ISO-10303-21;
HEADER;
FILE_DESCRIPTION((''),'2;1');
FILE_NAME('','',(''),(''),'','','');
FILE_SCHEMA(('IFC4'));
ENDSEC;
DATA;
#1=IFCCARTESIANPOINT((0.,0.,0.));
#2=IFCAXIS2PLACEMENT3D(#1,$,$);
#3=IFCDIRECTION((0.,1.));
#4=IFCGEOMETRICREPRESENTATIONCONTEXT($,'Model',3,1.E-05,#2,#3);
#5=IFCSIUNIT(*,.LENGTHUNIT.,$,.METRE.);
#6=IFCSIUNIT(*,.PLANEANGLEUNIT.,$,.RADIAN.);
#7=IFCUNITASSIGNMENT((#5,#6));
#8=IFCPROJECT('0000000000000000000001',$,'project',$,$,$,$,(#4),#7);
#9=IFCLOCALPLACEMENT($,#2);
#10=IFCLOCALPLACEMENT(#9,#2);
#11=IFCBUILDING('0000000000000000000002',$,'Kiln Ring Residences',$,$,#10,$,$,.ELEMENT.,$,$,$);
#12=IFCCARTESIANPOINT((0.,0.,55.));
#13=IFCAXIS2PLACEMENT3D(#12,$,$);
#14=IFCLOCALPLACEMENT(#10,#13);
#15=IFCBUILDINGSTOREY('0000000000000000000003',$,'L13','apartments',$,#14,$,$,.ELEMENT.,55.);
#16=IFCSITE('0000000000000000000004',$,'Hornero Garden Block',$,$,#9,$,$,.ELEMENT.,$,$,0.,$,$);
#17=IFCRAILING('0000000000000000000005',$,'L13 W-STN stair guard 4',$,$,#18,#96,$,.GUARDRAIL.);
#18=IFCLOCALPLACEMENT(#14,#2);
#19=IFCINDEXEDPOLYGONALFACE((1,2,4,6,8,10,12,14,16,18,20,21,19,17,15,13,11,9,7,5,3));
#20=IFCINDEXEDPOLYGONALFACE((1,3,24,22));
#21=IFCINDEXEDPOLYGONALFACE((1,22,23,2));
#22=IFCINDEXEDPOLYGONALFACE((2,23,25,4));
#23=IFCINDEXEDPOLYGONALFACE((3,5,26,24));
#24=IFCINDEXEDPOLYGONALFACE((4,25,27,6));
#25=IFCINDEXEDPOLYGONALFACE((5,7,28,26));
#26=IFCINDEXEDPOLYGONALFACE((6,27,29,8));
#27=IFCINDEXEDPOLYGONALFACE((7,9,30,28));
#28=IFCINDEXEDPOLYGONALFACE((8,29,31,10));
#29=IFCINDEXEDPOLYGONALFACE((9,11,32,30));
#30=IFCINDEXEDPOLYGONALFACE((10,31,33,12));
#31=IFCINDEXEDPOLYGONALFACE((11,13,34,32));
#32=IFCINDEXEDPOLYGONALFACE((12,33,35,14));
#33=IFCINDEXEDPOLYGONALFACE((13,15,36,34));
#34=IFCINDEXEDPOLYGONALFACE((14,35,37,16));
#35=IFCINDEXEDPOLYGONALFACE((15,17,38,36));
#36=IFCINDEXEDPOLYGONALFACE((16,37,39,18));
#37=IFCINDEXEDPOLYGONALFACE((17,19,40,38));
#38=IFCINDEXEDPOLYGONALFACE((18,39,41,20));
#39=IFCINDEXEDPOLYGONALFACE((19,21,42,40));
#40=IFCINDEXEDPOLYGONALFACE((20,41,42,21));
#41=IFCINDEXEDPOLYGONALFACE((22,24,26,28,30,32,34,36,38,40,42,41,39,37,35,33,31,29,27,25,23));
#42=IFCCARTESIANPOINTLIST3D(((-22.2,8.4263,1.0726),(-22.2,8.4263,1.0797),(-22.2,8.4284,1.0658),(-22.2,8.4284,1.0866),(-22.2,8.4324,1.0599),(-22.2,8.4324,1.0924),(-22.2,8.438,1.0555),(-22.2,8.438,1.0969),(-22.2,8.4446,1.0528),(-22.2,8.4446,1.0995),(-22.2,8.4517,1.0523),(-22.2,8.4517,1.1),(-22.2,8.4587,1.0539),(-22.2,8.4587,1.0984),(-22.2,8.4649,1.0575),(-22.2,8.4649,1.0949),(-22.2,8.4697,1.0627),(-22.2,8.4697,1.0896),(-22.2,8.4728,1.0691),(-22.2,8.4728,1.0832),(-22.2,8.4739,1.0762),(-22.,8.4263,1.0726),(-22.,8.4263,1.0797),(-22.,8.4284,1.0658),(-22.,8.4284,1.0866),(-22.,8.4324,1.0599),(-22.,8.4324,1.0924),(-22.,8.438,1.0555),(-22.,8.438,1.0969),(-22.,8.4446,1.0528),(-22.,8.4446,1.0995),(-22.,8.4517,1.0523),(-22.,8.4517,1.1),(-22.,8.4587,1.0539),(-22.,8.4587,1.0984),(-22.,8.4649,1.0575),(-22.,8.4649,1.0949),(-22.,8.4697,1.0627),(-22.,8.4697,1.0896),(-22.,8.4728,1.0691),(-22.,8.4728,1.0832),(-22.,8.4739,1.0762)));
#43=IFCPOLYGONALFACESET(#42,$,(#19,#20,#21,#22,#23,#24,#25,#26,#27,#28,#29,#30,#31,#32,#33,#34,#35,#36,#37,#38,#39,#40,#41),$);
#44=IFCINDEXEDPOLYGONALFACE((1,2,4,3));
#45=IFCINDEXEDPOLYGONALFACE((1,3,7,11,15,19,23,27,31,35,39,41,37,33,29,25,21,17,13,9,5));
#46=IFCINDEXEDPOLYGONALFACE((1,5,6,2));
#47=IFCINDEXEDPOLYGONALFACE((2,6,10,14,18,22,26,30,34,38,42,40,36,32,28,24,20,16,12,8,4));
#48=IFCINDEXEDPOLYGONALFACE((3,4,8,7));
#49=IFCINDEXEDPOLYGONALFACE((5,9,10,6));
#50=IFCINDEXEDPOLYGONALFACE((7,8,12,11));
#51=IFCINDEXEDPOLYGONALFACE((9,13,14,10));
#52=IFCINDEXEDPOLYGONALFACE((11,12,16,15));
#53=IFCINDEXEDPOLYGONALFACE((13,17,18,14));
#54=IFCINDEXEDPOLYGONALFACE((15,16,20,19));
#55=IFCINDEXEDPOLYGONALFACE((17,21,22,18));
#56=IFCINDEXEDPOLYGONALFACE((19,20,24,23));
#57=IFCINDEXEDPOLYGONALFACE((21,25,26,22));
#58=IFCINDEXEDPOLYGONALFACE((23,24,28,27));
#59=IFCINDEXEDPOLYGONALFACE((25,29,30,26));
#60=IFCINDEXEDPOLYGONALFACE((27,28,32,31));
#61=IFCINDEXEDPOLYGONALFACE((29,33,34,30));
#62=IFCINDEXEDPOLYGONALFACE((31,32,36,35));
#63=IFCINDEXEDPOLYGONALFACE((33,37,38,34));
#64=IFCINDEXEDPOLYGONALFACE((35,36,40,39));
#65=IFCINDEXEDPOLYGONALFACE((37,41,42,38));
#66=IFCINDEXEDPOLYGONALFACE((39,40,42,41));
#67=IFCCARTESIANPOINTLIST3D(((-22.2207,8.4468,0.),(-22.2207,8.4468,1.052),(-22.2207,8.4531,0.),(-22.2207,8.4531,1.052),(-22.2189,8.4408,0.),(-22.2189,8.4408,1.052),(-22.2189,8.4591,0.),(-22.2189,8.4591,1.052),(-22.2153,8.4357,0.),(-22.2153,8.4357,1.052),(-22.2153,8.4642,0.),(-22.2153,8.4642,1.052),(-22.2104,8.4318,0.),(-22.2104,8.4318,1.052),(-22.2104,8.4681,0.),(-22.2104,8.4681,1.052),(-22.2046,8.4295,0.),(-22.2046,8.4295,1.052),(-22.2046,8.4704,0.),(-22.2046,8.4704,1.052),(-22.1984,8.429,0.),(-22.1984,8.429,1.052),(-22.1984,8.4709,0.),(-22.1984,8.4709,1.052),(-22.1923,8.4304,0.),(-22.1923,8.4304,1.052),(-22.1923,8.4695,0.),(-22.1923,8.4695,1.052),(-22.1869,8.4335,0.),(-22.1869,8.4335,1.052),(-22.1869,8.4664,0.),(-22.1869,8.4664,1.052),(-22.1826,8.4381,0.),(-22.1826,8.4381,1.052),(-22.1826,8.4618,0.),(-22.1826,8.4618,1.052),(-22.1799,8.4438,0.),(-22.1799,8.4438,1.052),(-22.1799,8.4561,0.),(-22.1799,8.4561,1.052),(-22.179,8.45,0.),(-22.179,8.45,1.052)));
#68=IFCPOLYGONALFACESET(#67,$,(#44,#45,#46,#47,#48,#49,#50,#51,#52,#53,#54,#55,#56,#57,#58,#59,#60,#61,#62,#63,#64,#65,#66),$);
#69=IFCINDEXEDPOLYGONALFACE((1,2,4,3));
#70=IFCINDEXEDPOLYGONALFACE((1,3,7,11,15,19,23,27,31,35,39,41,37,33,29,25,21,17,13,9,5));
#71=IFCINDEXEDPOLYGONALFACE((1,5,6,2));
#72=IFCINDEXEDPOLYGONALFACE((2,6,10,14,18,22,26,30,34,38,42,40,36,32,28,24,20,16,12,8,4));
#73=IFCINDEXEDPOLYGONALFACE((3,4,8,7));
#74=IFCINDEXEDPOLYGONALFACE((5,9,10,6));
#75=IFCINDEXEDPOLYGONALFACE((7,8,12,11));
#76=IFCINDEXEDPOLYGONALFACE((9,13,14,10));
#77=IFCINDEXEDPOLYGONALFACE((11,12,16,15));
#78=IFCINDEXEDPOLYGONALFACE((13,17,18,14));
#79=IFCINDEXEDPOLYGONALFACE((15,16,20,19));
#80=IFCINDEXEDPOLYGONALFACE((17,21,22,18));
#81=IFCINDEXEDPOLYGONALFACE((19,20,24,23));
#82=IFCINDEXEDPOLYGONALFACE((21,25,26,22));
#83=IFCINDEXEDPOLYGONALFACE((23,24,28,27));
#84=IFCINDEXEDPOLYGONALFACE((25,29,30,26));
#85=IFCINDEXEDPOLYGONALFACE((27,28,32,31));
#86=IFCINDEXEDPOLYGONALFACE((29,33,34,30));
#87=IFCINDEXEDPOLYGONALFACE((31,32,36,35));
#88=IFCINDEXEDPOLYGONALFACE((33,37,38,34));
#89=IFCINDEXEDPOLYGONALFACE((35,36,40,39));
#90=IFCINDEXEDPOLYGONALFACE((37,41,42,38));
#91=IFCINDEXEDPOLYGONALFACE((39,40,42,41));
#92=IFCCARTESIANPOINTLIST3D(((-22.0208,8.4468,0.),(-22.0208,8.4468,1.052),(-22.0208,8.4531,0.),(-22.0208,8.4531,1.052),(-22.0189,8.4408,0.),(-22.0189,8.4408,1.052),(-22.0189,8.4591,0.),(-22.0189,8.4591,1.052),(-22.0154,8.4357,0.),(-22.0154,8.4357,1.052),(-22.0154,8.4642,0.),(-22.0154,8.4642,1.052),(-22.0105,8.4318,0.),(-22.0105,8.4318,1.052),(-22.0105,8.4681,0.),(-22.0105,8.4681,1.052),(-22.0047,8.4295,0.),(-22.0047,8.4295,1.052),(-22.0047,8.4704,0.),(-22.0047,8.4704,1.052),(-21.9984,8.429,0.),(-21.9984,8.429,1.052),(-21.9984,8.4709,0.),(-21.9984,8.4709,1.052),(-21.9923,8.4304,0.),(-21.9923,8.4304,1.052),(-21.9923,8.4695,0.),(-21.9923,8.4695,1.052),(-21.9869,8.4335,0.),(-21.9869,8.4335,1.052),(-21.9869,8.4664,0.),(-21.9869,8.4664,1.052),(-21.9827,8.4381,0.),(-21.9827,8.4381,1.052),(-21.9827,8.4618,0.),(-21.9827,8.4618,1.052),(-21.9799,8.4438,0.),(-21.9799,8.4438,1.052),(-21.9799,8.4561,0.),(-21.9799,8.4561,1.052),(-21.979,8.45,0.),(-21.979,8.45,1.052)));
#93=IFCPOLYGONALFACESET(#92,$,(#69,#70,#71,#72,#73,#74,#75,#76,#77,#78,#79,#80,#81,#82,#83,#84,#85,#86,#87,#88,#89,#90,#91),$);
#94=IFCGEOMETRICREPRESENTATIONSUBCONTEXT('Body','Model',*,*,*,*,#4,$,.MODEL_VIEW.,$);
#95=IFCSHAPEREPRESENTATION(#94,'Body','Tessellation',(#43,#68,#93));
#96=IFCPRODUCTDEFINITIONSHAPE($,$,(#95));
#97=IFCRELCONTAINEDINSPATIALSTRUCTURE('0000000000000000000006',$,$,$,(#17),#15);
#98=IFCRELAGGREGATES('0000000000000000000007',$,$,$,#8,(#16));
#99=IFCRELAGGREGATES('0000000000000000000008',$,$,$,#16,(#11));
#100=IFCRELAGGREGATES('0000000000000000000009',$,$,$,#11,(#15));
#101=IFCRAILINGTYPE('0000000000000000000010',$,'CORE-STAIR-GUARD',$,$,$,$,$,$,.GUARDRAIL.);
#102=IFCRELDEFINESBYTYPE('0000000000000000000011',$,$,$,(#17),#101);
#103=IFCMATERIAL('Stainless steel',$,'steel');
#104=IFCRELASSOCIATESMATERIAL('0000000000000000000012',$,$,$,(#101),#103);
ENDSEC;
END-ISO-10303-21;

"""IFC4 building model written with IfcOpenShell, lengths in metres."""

from ifc_helpers import new_model, si_unit, direction, frame, origin, origin_2d, place, context, subcontext, project, spatial, circle, extrude, material, type_object, element, save


model = new_model("IFC4")

# Units and contexts
model_context = context("Model", 3, precision=1e-05, world=origin(), true_north=direction((0.0, 1.0)))
body_context = subcontext(model_context, "Body", "Model", "MODEL_VIEW")
ifc_project = project(units=[si_unit("LENGTHUNIT", "METRE"), si_unit("PLANEANGLEUNIT", "RADIAN")], contexts=[model_context])

# Site, building, storey
site_placement = place(None, origin())
site = spatial("IfcSite", under=ifc_project, at=site_placement, Name="Hornero Garden Block", CompositionType="ELEMENT", RefElevation=0.0)
building_placement = place(site_placement, origin())
building = spatial("IfcBuilding", under=site, at=building_placement, Name="Kiln Ring Residences", CompositionType="ELEMENT")
storey_placement = place(building_placement, frame((0.0, 0.0, 55.0)))
storey = spatial("IfcBuildingStorey", under=building, at=storey_placement, Name="L13", Description="apartments", CompositionType="ELEMENT", Elevation=55.0)

# Railing
ifc_material_1 = material(Name="Stainless steel", Category="steel")
railing_type_1 = type_object("IfcRailingType", Name="CORE-STAIR-GUARD", PredefinedType="GUARDRAIL", material=ifc_material_1)
railing_1_placement = place(storey_placement, frame((-22.2, 8.45, 0.0)))
element("IfcRailing", 1, at=railing_1_placement, inside=storey, type_object=railing_type_1, Name="L13 W-STN stair guard 4", PredefinedType="GUARDRAIL", context=body_context, shape_type="SweptSolid", body=[
    extrude(circle(Radius=0.0239, at=origin_2d()), frame((0.0, 0.0, 1.0762), z_axis=(1.0, 0.0, 0.0), x_axis=(0.0, 1.0, 0.0)), (0.0, 0.0, 1.0), 0.2),
    extrude(circle(Radius=0.021, at=origin_2d()), origin(), (0.0, 0.0, 1.0), 1.052),
    extrude(circle(Radius=0.021, at=origin_2d()), frame((0.2, 0.0, 0.0)), (0.0, 0.0, 1.0), 1.052),
])

save(model, "model.ifc")
